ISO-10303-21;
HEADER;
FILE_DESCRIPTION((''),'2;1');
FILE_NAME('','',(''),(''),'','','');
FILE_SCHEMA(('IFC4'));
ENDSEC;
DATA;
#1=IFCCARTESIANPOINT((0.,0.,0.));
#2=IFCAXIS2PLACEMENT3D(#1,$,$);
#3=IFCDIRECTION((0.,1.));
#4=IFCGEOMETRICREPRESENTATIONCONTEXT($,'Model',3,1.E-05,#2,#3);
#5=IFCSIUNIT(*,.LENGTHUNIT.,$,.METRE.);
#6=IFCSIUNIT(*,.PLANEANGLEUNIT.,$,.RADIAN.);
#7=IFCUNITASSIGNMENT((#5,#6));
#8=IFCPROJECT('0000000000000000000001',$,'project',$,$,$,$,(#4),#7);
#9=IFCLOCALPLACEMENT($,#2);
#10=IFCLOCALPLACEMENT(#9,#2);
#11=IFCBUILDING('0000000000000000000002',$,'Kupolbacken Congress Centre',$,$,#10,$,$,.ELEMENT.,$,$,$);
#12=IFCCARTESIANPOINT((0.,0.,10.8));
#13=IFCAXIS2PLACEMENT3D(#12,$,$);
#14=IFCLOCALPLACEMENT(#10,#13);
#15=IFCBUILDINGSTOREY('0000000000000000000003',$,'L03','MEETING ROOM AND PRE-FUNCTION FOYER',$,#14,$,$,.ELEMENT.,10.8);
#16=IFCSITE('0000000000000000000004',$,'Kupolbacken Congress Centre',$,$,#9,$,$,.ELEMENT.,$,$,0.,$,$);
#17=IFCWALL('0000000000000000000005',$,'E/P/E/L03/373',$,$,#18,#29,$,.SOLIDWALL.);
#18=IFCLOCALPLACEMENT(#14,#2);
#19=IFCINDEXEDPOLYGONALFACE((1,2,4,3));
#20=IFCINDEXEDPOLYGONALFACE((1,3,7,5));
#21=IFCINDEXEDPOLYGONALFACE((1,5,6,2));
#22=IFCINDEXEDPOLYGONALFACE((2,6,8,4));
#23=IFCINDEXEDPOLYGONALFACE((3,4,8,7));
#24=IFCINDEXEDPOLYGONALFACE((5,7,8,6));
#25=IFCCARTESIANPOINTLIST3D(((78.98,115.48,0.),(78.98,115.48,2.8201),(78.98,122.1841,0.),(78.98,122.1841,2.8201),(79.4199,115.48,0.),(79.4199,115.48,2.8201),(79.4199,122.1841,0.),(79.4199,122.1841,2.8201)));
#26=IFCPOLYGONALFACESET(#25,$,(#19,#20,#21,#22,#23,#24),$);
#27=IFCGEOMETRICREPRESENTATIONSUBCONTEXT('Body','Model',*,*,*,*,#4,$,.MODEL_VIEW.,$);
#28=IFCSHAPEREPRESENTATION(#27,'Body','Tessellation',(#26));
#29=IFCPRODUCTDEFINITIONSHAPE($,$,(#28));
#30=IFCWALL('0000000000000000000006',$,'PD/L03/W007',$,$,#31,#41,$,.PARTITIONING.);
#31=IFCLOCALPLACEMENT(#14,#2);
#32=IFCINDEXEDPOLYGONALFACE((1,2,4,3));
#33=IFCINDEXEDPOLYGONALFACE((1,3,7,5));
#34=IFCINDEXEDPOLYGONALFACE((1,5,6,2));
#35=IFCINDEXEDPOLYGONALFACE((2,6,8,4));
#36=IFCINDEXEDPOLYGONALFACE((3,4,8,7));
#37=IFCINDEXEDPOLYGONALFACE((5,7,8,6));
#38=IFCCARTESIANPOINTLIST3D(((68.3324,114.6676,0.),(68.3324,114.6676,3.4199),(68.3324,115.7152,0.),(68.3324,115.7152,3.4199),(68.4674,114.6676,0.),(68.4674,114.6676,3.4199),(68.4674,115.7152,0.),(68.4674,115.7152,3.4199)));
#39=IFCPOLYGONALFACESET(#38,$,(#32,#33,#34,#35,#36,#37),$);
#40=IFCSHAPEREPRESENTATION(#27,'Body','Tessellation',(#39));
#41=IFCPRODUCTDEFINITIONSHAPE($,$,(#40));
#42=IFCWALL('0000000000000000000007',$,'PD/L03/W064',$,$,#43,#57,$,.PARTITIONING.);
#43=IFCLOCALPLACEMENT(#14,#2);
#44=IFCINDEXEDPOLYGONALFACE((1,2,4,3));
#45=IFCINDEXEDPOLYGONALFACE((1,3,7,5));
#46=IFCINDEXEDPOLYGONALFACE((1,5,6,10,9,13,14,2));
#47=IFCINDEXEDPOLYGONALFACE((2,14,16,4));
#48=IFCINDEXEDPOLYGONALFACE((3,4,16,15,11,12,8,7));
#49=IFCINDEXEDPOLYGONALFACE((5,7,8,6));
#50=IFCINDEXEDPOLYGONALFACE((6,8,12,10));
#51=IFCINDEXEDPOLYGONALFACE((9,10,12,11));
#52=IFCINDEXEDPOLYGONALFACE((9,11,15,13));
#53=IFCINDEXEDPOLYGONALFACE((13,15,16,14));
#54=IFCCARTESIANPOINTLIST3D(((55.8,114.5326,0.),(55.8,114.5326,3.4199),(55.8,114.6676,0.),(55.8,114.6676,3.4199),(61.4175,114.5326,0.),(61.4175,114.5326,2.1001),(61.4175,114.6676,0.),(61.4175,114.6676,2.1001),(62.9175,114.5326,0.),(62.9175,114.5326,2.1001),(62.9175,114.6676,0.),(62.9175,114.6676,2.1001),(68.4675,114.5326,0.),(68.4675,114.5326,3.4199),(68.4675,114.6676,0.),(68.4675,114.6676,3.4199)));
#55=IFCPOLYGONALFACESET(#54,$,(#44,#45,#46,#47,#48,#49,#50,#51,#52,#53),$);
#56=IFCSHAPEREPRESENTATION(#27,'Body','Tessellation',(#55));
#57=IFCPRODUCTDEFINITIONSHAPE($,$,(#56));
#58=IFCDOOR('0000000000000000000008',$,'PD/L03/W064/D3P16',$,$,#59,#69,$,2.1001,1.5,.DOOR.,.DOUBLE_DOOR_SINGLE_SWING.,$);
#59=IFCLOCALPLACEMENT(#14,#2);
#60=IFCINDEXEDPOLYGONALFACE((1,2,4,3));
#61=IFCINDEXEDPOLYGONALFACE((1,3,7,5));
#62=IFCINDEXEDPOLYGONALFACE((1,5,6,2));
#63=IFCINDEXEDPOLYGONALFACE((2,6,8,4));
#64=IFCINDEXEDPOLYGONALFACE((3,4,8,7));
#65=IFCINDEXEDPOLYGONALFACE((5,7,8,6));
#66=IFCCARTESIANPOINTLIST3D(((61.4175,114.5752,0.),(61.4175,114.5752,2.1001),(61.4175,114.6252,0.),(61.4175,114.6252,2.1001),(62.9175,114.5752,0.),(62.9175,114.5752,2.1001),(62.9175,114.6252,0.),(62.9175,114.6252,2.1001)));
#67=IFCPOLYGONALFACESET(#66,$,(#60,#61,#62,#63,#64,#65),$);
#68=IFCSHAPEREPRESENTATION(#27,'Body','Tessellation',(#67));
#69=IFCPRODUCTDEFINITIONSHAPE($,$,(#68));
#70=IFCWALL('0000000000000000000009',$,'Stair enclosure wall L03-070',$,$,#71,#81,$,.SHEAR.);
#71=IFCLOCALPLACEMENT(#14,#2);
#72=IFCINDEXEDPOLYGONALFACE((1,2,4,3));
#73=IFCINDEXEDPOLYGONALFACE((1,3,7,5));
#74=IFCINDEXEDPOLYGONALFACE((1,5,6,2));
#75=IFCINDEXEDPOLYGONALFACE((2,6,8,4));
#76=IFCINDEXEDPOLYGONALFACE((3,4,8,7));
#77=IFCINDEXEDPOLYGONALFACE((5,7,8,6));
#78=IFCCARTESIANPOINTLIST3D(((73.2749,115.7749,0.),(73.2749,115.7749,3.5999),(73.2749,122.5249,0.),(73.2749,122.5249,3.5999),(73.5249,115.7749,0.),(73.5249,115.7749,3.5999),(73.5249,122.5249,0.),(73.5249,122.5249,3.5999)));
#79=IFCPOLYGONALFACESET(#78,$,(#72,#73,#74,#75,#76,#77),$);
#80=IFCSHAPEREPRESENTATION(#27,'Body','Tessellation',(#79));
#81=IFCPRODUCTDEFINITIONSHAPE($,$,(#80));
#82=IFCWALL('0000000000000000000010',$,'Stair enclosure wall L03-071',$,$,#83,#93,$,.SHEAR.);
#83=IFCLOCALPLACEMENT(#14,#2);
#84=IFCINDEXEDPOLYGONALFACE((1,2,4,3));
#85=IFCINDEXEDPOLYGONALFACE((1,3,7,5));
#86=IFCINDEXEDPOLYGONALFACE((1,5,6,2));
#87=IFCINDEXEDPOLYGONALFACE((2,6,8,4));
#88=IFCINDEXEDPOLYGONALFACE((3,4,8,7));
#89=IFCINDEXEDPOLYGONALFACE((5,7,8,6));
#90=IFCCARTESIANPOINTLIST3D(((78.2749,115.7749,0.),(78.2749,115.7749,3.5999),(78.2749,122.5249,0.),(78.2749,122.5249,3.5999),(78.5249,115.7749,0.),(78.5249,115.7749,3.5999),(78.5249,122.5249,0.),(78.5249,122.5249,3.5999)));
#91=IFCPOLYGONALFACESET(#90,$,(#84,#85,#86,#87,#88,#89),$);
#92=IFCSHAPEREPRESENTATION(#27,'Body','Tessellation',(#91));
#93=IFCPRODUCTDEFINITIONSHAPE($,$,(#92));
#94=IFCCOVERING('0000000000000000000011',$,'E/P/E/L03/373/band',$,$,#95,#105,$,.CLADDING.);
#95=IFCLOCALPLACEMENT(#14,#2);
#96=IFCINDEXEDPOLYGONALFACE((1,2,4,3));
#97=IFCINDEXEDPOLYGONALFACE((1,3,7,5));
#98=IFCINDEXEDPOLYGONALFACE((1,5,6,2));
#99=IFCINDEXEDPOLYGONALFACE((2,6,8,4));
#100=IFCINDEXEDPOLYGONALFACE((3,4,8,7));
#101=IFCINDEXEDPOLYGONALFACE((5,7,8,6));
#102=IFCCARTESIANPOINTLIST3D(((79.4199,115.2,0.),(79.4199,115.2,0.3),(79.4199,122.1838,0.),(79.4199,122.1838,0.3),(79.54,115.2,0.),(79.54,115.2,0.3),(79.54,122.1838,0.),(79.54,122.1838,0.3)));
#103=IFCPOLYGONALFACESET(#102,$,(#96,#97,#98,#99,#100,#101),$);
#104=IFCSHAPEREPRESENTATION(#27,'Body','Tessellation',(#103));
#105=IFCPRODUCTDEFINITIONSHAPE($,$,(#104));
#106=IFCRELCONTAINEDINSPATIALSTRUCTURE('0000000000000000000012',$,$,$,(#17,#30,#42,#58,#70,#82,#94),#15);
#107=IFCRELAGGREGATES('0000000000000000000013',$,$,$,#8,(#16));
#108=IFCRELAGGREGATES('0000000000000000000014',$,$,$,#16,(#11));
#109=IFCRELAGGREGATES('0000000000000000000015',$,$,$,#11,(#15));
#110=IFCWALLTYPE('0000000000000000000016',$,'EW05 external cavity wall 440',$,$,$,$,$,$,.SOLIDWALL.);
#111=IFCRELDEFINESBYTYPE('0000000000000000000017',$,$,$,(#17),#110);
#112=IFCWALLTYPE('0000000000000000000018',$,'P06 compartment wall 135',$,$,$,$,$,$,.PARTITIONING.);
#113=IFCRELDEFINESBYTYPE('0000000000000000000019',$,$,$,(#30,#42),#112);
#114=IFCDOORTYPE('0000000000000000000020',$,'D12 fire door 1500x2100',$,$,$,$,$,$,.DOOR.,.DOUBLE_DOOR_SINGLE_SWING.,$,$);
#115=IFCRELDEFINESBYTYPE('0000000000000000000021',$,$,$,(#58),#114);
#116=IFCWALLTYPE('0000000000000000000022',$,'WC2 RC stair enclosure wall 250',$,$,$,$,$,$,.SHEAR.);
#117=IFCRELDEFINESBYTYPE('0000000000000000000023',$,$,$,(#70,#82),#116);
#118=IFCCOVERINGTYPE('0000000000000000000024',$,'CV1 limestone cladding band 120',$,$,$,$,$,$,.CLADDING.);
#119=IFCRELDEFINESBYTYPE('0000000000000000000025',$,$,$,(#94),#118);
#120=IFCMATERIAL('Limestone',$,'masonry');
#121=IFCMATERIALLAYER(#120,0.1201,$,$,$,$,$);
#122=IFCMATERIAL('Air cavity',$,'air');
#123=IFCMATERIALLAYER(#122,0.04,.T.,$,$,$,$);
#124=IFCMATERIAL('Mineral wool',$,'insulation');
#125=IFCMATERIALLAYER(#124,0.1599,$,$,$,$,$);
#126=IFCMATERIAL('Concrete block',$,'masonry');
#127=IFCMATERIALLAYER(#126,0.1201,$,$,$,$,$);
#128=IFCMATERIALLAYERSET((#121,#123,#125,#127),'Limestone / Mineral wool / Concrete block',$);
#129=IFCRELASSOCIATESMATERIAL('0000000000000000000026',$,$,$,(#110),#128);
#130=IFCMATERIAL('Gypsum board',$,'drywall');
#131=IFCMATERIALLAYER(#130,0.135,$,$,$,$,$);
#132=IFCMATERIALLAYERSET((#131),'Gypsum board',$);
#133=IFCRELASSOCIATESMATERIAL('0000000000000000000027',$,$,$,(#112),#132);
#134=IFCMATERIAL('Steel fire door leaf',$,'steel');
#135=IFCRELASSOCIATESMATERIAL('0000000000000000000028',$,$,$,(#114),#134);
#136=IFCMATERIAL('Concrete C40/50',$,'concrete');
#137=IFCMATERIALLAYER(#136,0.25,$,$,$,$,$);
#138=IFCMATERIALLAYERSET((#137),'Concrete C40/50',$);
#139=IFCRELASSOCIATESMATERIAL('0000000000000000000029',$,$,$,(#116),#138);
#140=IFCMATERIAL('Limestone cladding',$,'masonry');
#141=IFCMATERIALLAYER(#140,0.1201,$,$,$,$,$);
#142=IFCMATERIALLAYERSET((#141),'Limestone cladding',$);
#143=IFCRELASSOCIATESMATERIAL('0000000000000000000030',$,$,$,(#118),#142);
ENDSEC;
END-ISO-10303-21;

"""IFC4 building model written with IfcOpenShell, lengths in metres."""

from ifc_helpers import new_model, si_unit, direction, frame, frame_2d, origin, origin_2d, place, context, subcontext, project, spatial, rectangle, extrude, material, layer, layer_set, type_object, element, fill, save


model = new_model("IFC4")

# Units and contexts
model_context = context("Model", 3, precision=1e-05, world=origin(), true_north=direction((0.0, 1.0)))
body_context = subcontext(model_context, "Body", "Model", "MODEL_VIEW")
ifc_project = project(units=[si_unit("LENGTHUNIT", "METRE"), si_unit("PLANEANGLEUNIT", "RADIAN")], contexts=[model_context])

# Site, building, storey
site_placement = place(None, origin())
site = spatial("IfcSite", under=ifc_project, at=site_placement, Name="Kupolbacken Congress Centre", CompositionType="ELEMENT", RefElevation=0.0)
building_placement = place(site_placement, origin())
building = spatial("IfcBuilding", under=site, at=building_placement, Name="Kupolbacken Congress Centre", CompositionType="ELEMENT")
storey_placement = place(building_placement, frame((0.0, 0.0, 10.8)))
storey = spatial("IfcBuildingStorey", under=building, at=storey_placement, Name="L03", Description="MEETING ROOM AND PRE-FUNCTION FOYER", CompositionType="ELEMENT", Elevation=10.8)

# Walls
ifc_material_1 = material(Name="Limestone", Category="masonry")
ifc_layer_1 = layer(ifc_material_1, 0.1201)
ifc_material_2 = material(Name="Air cavity", Category="air")
ifc_layer_2 = layer(ifc_material_2, 0.04, ventilated=True)
ifc_material_3 = material(Name="Mineral wool", Category="insulation")
ifc_layer_3 = layer(ifc_material_3, 0.1599)
ifc_material_4 = material(Name="Concrete block", Category="masonry")
ifc_layer_4 = layer(ifc_material_4, 0.1201)
ifc_layer_set_1 = layer_set([ifc_layer_1, ifc_layer_2, ifc_layer_3, ifc_layer_4], Name="Limestone / Mineral wool / Concrete block")
wall_type_1 = type_object("IfcWallType", Name="EW05 external cavity wall 440", PredefinedType="SOLIDWALL", material=ifc_layer_set_1)
wall_1_placement = place(storey_placement, frame((79.2, 115.48, 0.0), z_axis=(0.0, 0.0, 1.0), x_axis=(0.0, 1.0, 0.0)))
element("IfcWall", 1, at=wall_1_placement, inside=storey, type_object=wall_type_1, Name="E/P/E/L03/373", PredefinedType="SOLIDWALL", context=body_context, shape_type="SweptSolid", body=[
    extrude(rectangle(XDim=6.7041, YDim=0.4399, at=frame_2d((3.3521, 0.0))), origin(), (0.0, 0.0, 1.0), 2.8201),
])
ifc_material_5 = material(Name="Gypsum board", Category="drywall")
ifc_layer_5 = layer(ifc_material_5, 0.135)
ifc_layer_set_2 = layer_set([ifc_layer_5], Name="Gypsum board")
wall_type_2 = type_object("IfcWallType", Name="P06 compartment wall 135", PredefinedType="PARTITIONING", material=ifc_layer_set_2)
wall_2_placement = place(storey_placement, frame((68.3999, 114.6675, 0.0), z_axis=(0.0, 0.0, 1.0), x_axis=(0.0, 1.0, 0.0)))
element("IfcWall", 2, at=wall_2_placement, inside=storey, type_object=wall_type_2, Name="PD/L03/W007", PredefinedType="PARTITIONING", context=body_context, shape_type="SweptSolid", body=[
    extrude(rectangle(XDim=1.0476, YDim=0.135, at=frame_2d((0.5239, 0.0))), origin(), (0.0, 0.0, 1.0), 3.4199),
])

# Wall, opening, door
wall_3_placement = place(storey_placement, frame((68.4675, 114.6001, 0.0), z_axis=(0.0, 0.0, 1.0), x_axis=(-1.0, 0.0, 0.0)))
wall_3 = element("IfcWall", 3, at=wall_3_placement, inside=storey, type_object=wall_type_2, Name="PD/L03/W064", PredefinedType="PARTITIONING", context=body_context, shape_type="SweptSolid", body=[
    extrude(rectangle(XDim=12.6675, YDim=0.135, at=frame_2d((6.3337, 0.0))), origin(), (0.0, 0.0, 1.0), 3.4199),
])
opening_1_placement = place(wall_3_placement, frame((5.55, 0.0, 0.0)))
opening_1 = element("IfcOpeningElement", 4, at=opening_1_placement, cuts=wall_3, PredefinedType="OPENING", context=body_context, shape_type="SweptSolid", body=[
    extrude(rectangle(XDim=1.5, YDim=2.1001, at=frame_2d((0.75, 1.05))), frame((0.0, 0.0774, 0.0), z_axis=(0.0, -1.0, 0.0), x_axis=(1.0, 0.0, 0.0)), (0.0, 0.0, 1.0), 0.155),
])
ifc_material_6 = material(Name="Steel fire door leaf", Category="steel")
door_type_1 = type_object("IfcDoorType", Name="D12 fire door 1500x2100", OperationType="DOUBLE_DOOR_SINGLE_SWING", PredefinedType="DOOR", material=ifc_material_6)
door_1_placement = place(opening_1_placement, origin())
door_1 = element("IfcDoor", 5, at=door_1_placement, inside=storey, type_object=door_type_1, Name="PD/L03/W064/D3P16", OperationType="DOUBLE_DOOR_SINGLE_SWING", OverallHeight=2.1001, OverallWidth=1.5, PredefinedType="DOOR", context=body_context, shape_type="SweptSolid", body=[
    extrude(rectangle(XDim=1.5, YDim=2.1001, at=frame_2d((0.75, 1.05))), frame((0.0, 0.0249, 0.0), z_axis=(0.0, -1.0, 0.0), x_axis=(1.0, 0.0, 0.0)), (0.0, 0.0, 1.0), 0.05),
])
fill(opening_1, door_1)
ifc_material_7 = material(Name="Concrete C40/50", Category="concrete")
ifc_layer_6 = layer(ifc_material_7, 0.25)
ifc_layer_set_3 = layer_set([ifc_layer_6], Name="Concrete C40/50")
wall_type_3 = type_object("IfcWallType", Name="WC2 RC stair enclosure wall 250", PredefinedType="SHEAR", material=ifc_layer_set_3)

# Walls
for number, where, z_axis, x_axis, name in (
    (6, (73.3999, 115.7749, 0.0), (0.0, 0.0, 1.0), (0.0, 1.0, 0.0), "Stair enclosure wall L03-070"),
    (7, (78.3999, 115.7749, 0.0), (0.0, 0.0, 1.0), (0.0, 1.0, 0.0), "Stair enclosure wall L03-071"),
):
    element("IfcWall", number, at=place(storey_placement, frame(where, z_axis=z_axis, x_axis=x_axis)), inside=storey, type_object=wall_type_3, Name=name, PredefinedType="SHEAR", context=body_context, shape_type="SweptSolid", body=[
        extrude(rectangle(XDim=6.75, YDim=0.25, at=frame_2d((3.375, 0.0))), origin(), (0.0, 0.0, 1.0), 3.5999),
    ])

# Covering
ifc_material_8 = material(Name="Limestone cladding", Category="masonry")
ifc_layer_7 = layer(ifc_material_8, 0.1201)
ifc_layer_set_4 = layer_set([ifc_layer_7], Name="Limestone cladding")
covering_type = type_object("IfcCoveringType", Name="CV1 limestone cladding band 120", PredefinedType="CLADDING", material=ifc_layer_set_4)
covering_placement = place(storey_placement, frame((79.48, 118.6919, 0.0), z_axis=(0.0, 0.0, 1.0), x_axis=(0.0, 1.0, 0.0)))
element("IfcCovering", 8, at=covering_placement, inside=storey, type_object=covering_type, Name="E/P/E/L03/373/band", PredefinedType="CLADDING", context=body_context, shape_type="SweptSolid", body=[
    extrude(rectangle(XDim=6.9839, YDim=0.1201, at=origin_2d()), origin(), (0.0, 0.0, 1.0), 0.3),
])

save(model, "model.ifc")
